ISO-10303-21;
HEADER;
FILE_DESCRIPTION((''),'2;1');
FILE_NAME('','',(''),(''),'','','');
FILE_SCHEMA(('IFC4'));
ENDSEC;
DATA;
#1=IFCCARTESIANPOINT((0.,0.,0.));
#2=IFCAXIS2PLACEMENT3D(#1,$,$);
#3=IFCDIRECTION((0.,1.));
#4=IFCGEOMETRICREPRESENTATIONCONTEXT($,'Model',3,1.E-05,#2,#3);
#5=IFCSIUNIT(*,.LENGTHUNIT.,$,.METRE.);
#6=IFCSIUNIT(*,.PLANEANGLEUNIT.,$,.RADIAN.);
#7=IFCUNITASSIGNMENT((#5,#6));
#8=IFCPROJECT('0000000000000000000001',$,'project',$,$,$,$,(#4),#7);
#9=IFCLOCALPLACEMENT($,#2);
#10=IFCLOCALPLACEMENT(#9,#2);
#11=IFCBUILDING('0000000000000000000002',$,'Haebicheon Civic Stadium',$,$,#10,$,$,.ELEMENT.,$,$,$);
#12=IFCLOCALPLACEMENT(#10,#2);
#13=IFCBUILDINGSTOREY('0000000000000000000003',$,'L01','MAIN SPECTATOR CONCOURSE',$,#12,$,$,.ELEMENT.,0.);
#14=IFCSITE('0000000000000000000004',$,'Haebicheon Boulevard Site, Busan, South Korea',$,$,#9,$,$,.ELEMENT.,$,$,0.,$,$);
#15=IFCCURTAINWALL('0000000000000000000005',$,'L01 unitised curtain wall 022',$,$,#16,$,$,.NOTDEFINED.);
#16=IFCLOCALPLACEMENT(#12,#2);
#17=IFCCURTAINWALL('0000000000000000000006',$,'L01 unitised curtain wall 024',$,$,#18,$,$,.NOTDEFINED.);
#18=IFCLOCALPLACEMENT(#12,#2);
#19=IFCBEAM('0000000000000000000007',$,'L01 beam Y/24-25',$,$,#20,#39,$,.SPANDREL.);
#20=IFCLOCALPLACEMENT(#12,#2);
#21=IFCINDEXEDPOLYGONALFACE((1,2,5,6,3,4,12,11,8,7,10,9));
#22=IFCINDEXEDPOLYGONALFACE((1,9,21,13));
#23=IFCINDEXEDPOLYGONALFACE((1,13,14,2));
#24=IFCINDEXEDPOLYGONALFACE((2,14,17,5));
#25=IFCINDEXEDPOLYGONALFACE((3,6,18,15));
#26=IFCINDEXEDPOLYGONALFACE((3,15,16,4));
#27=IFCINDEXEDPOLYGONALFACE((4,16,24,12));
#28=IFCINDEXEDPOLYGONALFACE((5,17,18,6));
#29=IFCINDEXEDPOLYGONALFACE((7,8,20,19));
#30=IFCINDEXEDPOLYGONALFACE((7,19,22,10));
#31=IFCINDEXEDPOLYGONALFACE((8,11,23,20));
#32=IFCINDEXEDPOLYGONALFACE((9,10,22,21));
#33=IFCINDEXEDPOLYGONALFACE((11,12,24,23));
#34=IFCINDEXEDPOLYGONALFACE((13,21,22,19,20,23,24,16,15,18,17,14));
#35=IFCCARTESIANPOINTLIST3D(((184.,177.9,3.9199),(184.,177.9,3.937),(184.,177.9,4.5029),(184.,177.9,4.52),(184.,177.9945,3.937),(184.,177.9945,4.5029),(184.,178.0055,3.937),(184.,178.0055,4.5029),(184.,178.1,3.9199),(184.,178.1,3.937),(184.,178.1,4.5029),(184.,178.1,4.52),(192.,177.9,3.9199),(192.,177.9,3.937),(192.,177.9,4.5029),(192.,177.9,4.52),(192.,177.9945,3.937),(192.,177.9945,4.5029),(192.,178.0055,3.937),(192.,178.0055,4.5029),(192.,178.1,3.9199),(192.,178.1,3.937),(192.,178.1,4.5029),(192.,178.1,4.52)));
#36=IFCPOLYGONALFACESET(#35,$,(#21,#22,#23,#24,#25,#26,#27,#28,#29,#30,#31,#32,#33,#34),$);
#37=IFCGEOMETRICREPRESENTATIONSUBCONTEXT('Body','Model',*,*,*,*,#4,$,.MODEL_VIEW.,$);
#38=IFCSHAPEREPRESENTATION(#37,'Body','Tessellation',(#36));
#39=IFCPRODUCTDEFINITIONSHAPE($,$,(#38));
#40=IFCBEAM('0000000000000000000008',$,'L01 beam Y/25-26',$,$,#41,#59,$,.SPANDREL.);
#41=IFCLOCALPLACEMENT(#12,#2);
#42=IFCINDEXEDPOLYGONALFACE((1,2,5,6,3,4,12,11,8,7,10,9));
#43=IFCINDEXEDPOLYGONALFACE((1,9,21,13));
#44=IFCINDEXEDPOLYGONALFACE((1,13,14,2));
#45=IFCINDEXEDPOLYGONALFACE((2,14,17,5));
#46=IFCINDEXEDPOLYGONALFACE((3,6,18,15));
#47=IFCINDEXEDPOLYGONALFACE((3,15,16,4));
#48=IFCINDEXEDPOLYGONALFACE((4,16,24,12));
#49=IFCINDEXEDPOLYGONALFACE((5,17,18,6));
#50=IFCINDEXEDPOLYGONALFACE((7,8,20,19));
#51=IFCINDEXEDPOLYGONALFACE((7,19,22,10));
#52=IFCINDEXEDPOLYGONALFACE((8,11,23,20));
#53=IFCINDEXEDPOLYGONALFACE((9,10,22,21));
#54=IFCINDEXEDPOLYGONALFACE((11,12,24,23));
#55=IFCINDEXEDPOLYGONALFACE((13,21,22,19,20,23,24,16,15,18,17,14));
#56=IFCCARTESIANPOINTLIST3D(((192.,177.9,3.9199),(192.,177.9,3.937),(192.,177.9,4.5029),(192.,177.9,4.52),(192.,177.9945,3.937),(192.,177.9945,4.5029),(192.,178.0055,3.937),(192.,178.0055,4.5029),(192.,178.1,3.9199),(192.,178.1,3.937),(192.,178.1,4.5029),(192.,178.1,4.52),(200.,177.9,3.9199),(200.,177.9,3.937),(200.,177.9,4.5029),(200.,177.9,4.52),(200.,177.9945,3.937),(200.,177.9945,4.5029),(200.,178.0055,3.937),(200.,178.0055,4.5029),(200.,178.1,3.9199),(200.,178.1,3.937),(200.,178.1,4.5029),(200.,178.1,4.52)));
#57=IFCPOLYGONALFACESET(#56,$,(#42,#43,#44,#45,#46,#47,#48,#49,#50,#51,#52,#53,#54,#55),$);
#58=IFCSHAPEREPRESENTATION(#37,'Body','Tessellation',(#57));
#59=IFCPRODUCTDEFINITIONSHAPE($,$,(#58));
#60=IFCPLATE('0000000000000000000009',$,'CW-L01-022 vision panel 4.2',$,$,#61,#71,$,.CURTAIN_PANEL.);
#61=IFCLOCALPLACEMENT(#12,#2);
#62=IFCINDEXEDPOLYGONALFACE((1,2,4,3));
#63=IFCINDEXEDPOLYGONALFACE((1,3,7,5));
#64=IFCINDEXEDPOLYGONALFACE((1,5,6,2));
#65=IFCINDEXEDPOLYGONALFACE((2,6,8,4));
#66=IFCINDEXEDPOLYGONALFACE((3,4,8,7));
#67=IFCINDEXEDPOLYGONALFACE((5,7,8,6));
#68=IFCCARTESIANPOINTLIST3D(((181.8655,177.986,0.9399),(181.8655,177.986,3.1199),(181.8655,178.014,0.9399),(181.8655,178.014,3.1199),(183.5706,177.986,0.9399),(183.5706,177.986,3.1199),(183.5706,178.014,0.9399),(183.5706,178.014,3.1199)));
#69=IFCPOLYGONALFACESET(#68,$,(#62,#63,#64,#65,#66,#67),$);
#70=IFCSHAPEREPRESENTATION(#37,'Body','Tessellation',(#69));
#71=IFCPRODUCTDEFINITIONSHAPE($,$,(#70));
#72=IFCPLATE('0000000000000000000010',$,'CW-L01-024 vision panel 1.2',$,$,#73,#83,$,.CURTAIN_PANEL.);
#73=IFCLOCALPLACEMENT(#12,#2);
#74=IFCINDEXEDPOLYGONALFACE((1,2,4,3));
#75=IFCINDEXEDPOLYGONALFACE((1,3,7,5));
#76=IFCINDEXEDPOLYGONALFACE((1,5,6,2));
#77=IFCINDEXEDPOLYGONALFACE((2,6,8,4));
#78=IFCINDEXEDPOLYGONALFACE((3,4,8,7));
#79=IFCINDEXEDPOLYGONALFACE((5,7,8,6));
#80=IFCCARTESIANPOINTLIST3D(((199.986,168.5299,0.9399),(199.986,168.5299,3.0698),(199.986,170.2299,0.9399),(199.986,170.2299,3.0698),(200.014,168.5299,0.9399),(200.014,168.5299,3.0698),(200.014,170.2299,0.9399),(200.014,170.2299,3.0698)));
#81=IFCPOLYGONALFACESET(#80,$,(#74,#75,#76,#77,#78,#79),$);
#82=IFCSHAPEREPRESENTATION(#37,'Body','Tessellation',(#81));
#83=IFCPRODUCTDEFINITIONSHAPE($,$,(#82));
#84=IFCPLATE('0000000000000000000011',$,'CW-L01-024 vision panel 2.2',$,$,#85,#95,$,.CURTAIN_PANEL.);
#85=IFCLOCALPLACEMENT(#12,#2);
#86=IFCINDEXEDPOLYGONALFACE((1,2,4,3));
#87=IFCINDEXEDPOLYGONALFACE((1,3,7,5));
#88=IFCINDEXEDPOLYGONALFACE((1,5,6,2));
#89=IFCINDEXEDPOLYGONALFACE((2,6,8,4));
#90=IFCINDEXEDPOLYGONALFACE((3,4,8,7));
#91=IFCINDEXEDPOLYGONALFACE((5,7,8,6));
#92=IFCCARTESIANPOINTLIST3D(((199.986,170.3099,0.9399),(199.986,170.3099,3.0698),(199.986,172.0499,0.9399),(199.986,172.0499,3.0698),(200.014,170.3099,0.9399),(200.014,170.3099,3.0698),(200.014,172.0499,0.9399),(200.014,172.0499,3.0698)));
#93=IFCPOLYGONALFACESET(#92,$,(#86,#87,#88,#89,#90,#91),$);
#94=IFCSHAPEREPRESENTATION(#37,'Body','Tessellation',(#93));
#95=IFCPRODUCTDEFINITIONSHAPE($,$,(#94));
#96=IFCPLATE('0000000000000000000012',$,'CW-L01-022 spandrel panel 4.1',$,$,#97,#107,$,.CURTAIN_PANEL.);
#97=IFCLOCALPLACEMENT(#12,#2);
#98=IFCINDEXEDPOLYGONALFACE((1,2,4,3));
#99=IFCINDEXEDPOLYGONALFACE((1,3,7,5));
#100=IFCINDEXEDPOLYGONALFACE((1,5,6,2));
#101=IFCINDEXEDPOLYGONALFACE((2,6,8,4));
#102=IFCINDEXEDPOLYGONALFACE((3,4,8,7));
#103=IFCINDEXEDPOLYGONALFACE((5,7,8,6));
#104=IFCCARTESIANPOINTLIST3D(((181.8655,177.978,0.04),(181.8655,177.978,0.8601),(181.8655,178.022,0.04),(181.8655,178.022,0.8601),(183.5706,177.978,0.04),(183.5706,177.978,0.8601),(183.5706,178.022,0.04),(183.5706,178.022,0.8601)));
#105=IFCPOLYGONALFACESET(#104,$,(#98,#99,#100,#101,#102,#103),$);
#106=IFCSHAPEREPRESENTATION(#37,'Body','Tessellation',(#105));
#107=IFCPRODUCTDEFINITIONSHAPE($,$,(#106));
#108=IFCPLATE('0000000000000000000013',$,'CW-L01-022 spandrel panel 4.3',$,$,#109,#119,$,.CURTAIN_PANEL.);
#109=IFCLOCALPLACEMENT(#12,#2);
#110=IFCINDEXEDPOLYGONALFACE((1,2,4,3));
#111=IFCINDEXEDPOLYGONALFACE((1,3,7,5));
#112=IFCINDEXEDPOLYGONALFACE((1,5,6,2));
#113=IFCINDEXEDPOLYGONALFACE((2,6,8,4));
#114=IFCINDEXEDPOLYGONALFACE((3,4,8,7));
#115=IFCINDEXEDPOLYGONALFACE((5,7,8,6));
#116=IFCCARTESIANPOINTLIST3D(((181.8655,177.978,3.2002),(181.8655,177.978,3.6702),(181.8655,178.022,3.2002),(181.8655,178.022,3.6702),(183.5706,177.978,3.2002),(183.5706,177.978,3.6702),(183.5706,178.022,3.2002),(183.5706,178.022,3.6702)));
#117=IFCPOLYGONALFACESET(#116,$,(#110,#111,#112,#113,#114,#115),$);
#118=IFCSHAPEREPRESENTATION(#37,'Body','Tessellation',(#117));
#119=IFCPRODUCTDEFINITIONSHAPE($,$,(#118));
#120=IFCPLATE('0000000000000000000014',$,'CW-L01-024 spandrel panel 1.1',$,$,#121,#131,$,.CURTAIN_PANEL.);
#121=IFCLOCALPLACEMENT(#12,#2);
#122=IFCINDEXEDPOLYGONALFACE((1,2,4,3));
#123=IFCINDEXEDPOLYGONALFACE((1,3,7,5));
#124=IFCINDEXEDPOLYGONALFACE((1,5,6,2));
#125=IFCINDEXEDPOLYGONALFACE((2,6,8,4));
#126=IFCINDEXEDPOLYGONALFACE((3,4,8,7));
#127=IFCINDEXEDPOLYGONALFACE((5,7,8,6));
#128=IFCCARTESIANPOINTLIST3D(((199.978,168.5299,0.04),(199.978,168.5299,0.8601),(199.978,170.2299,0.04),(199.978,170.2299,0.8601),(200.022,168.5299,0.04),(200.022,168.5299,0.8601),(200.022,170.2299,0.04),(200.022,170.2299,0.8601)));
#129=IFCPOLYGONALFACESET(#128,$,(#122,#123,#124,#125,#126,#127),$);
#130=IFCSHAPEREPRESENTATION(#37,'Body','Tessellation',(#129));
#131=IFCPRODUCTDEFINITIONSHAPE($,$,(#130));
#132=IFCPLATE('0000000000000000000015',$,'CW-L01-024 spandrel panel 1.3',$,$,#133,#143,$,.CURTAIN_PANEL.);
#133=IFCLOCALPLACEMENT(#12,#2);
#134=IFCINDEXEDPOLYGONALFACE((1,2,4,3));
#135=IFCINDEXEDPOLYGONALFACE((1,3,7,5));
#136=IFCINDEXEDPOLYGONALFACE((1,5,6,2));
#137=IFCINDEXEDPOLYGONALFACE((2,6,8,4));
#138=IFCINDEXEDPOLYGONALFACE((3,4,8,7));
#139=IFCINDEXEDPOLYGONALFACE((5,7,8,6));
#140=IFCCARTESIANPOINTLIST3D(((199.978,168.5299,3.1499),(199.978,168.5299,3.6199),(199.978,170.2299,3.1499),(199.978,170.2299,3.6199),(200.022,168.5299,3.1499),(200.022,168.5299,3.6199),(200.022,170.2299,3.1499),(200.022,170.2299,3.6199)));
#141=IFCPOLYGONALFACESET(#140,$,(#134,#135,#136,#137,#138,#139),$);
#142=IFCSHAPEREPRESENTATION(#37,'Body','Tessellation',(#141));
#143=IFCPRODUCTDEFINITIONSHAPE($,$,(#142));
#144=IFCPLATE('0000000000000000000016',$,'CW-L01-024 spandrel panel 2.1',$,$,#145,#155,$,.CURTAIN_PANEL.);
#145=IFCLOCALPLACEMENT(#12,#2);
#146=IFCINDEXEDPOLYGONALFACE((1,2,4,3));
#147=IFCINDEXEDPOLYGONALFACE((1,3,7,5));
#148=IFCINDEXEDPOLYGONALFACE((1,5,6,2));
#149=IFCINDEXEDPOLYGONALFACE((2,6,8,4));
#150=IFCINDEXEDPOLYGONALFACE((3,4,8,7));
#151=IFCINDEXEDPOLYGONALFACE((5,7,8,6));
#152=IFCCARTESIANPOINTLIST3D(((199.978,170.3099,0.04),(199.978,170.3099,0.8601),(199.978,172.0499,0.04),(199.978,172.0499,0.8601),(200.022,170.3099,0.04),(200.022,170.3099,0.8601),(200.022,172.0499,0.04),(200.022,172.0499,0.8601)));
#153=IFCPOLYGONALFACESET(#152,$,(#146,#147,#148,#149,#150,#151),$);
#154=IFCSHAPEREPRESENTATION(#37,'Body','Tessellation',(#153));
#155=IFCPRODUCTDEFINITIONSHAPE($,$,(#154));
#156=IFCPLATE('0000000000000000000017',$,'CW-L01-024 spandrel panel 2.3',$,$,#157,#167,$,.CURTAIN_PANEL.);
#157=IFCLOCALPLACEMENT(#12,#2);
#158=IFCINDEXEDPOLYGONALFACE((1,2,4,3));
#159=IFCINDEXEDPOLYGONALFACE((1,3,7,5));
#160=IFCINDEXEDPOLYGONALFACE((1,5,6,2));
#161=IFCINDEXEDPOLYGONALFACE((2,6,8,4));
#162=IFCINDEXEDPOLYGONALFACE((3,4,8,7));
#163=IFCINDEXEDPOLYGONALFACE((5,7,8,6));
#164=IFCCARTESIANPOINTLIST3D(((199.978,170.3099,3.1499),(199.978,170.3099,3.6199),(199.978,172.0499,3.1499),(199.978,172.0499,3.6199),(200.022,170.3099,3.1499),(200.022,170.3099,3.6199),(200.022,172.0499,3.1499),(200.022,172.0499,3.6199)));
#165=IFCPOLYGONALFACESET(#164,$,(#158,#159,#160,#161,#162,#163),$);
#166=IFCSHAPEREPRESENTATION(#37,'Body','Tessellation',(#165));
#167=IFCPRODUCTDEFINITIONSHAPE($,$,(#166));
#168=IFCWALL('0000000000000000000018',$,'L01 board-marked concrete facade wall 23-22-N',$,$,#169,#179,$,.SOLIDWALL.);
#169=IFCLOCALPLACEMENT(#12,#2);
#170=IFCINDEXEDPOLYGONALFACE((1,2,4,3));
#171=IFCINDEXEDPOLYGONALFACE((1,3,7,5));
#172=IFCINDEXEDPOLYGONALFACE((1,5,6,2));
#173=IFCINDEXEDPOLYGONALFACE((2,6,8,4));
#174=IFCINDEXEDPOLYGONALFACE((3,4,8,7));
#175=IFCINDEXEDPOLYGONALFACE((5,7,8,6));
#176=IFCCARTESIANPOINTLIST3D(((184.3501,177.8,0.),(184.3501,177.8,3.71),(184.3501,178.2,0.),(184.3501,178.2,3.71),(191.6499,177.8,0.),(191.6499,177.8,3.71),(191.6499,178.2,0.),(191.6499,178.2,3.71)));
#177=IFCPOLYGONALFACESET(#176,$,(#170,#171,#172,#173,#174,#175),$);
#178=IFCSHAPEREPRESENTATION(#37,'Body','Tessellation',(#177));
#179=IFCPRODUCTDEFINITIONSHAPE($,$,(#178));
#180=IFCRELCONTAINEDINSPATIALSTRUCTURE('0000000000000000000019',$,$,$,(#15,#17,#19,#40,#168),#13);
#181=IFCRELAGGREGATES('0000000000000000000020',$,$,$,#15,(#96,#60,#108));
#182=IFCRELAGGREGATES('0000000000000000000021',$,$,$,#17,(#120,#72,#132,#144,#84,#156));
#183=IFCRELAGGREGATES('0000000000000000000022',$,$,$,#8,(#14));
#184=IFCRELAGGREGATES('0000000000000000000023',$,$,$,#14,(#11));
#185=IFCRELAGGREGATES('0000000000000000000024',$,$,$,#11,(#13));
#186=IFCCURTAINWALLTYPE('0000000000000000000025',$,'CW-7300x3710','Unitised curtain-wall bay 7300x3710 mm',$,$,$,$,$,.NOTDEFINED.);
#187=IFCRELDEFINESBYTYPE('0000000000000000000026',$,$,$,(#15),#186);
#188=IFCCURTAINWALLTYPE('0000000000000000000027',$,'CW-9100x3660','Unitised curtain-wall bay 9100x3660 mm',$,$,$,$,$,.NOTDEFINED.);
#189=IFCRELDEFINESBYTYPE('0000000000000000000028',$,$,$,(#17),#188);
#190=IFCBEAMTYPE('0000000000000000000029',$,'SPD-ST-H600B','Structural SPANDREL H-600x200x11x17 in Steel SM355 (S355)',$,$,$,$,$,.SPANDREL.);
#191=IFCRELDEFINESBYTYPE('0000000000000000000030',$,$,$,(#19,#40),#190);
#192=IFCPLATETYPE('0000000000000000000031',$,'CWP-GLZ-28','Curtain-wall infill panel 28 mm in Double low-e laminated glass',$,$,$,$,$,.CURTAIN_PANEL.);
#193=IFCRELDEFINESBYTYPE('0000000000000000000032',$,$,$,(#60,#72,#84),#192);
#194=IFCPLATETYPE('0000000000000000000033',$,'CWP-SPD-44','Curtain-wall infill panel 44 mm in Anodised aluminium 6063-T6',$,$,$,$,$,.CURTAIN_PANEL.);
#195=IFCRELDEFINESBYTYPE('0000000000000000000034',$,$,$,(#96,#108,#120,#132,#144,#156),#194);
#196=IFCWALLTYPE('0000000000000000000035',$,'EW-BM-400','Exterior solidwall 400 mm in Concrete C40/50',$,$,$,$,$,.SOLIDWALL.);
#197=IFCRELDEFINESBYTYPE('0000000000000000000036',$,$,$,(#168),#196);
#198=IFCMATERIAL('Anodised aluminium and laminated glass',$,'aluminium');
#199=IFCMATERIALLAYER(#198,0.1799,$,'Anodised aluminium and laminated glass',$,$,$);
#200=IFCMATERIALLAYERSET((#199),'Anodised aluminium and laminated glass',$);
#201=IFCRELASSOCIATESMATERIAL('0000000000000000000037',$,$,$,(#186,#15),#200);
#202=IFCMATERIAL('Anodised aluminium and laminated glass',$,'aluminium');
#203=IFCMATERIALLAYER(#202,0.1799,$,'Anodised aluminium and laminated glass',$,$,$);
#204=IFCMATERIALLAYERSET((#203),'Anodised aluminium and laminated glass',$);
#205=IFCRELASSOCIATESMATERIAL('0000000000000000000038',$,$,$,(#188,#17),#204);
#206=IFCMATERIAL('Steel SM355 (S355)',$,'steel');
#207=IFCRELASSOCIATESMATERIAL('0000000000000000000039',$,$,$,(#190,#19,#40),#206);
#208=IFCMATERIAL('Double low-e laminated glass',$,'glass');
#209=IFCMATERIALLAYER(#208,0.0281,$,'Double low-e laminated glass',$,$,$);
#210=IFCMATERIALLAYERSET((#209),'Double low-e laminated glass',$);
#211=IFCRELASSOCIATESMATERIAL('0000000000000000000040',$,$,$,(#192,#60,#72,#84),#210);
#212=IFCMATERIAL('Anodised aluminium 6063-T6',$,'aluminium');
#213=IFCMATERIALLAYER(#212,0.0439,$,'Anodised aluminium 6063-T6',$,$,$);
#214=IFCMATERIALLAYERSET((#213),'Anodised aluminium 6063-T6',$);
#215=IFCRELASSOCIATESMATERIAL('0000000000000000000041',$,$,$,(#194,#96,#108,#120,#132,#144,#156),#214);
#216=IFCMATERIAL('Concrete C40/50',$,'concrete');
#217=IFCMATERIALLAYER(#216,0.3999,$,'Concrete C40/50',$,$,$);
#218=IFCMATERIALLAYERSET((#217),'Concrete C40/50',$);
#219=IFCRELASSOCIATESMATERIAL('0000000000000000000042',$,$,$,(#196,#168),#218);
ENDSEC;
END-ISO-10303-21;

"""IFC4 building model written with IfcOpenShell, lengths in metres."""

from ifc_helpers import new_model, si_unit, direction, frame, frame_2d, origin, origin_2d, place, context, subcontext, project, spatial, rectangle, i_section, extrude, material, layer, layer_set, material_profile, profile_set, type_object, element, aggregate, save


model = new_model("IFC4")

# Units and contexts
model_context = context("Model", 3, precision=1e-05, world=origin(), true_north=direction((0.0, 1.0)))
body_context = subcontext(model_context, "Body", "Model", "MODEL_VIEW")
ifc_project = project(units=[si_unit("LENGTHUNIT", "METRE"), si_unit("PLANEANGLEUNIT", "RADIAN")], contexts=[model_context])

# Site, building, storey
site_placement = place(None, origin())
site = spatial("IfcSite", under=ifc_project, at=site_placement, Name="Haebicheon Boulevard Site, Busan, South Korea", CompositionType="ELEMENT", RefElevation=0.0)
building_placement = place(site_placement, origin())
building = spatial("IfcBuilding", under=site, at=building_placement, Name="Haebicheon Civic Stadium", CompositionType="ELEMENT")
storey_placement = place(building_placement, origin())
storey = spatial("IfcBuildingStorey", under=building, at=storey_placement, Name="L01", Description="MAIN SPECTATOR CONCOURSE", CompositionType="ELEMENT", Elevation=0.0)

# Curtain wall
ifc_material_1 = material(Name="Anodised aluminium and laminated glass", Category="aluminium")
ifc_layer_1 = layer(ifc_material_1, 0.1799, Name="Anodised aluminium and laminated glass")
ifc_layer_set_1 = layer_set([ifc_layer_1], Name="Anodised aluminium and laminated glass")
curtain_wall_type_1 = type_object("IfcCurtainWallType", Name="CW-7300x3710", Description="Unitised curtain-wall bay 7300x3710 mm", PredefinedType="NOTDEFINED", material=ifc_layer_set_1)
curtain_wall_1_placement = place(storey_placement, origin())
curtain_wall_1 = element("IfcCurtainWall", 1, at=curtain_wall_1_placement, inside=storey, type_object=curtain_wall_type_1, material=ifc_layer_set_1, Name="L01 unitised curtain wall 022", PredefinedType="NOTDEFINED")

# Curtain wall
ifc_material_2 = material(Name="Anodised aluminium and laminated glass", Category="aluminium")
ifc_layer_2 = layer(ifc_material_2, 0.1799, Name="Anodised aluminium and laminated glass")
ifc_layer_set_2 = layer_set([ifc_layer_2], Name="Anodised aluminium and laminated glass")
curtain_wall_type_2 = type_object("IfcCurtainWallType", Name="CW-9100x3660", Description="Unitised curtain-wall bay 9100x3660 mm", PredefinedType="NOTDEFINED", material=ifc_layer_set_2)
curtain_wall_2_placement = place(storey_placement, origin())
curtain_wall_2 = element("IfcCurtainWall", 2, at=curtain_wall_2_placement, inside=storey, type_object=curtain_wall_type_2, material=ifc_layer_set_2, Name="L01 unitised curtain wall 024", PredefinedType="NOTDEFINED")

# Beams
ifc_material_3 = material(Name="Steel SM355 (S355)", Category="steel")
ifc_material_profile_1 = material_profile(ifc_material_3, i_section(OverallWidth=0.2, OverallDepth=0.6001, WebThickness=0.011, FlangeThickness=0.0171, at=origin_2d()), Name="H-600x200x11x17")
ifc_profile_set_1 = profile_set([ifc_material_profile_1], Name="Steel SM355 (S355)")
beam_type_1 = type_object("IfcBeamType", Name="SPD-ST-H600B", Description="Structural SPANDREL H-600x200x11x17 in Steel SM355 (S355)", PredefinedType="SPANDREL", material=ifc_profile_set_1)
for number, where, z_axis, x_axis, name in (
    (3, (184.0, 178.0, 4.22), (1.0, 0.0, 0.0), (0.0, 1.0, 0.0), "L01 beam Y/24-25"),
    (4, (192.0, 178.0, 4.22), (1.0, 0.0, 0.0), (0.0, 1.0, 0.0), "L01 beam Y/25-26"),
):
    element("IfcBeam", number, at=place(storey_placement, frame(where, z_axis=z_axis, x_axis=x_axis)), inside=storey, type_object=beam_type_1, material=ifc_profile_set_1, Name=name, PredefinedType="SPANDREL", context=body_context, shape_type="SweptSolid", body=[
        extrude(i_section(OverallWidth=0.2, OverallDepth=0.6001, WebThickness=0.011, FlangeThickness=0.0171, at=origin_2d()), origin(), (0.0, 0.0, 1.0), 8.0),
    ])

# Plates
ifc_material_4 = material(Name="Double low-e laminated glass", Category="glass")
ifc_layer_3 = layer(ifc_material_4, 0.0281, Name="Double low-e laminated glass")
ifc_layer_set_3 = layer_set([ifc_layer_3], Name="Double low-e laminated glass")
plate_type_1 = type_object("IfcPlateType", Name="CWP-GLZ-28", Description="Curtain-wall infill panel 28 mm in Double low-e laminated glass", PredefinedType="CURTAIN_PANEL", material=ifc_layer_set_3)
plate_1_placement = place(storey_placement, frame((182.718, 178.0, 0.9399), z_axis=(0.0, 0.0, 1.0), x_axis=(1.0, 0.0, 0.0)))
plate_1 = element("IfcPlate", 5, at=plate_1_placement, type_object=plate_type_1, material=ifc_layer_set_3, Name="CW-L01-022 vision panel 4.2", PredefinedType="CURTAIN_PANEL", context=body_context, shape_type="SweptSolid", body=[
    extrude(rectangle(XDim=1.7051, YDim=0.0281, at=origin_2d()), origin(), (0.0, 0.0, 1.0), 2.1799),
])
plate_2_placement = place(storey_placement, frame((200.0, 169.3799, 0.9399), z_axis=(0.0, 0.0, 1.0), x_axis=(0.0, 1.0, 0.0)))
plate_2 = element("IfcPlate", 6, at=plate_2_placement, type_object=plate_type_1, material=ifc_layer_set_3, Name="CW-L01-024 vision panel 1.2", PredefinedType="CURTAIN_PANEL", context=body_context, shape_type="SweptSolid", body=[
    extrude(rectangle(XDim=1.7, YDim=0.0281, at=origin_2d()), origin(), (0.0, 0.0, 1.0), 2.1299),
])
plate_3_placement = place(storey_placement, frame((200.0, 171.1799, 0.9399), z_axis=(0.0, 0.0, 1.0), x_axis=(0.0, 1.0, 0.0)))
plate_3 = element("IfcPlate", 7, at=plate_3_placement, type_object=plate_type_1, material=ifc_layer_set_3, Name="CW-L01-024 vision panel 2.2", PredefinedType="CURTAIN_PANEL", context=body_context, shape_type="SweptSolid", body=[
    extrude(rectangle(XDim=1.74, YDim=0.0281, at=origin_2d()), origin(), (0.0, 0.0, 1.0), 2.1299),
])
ifc_material_5 = material(Name="Anodised aluminium 6063-T6", Category="aluminium")
ifc_layer_4 = layer(ifc_material_5, 0.0439, Name="Anodised aluminium 6063-T6")
ifc_layer_set_4 = layer_set([ifc_layer_4], Name="Anodised aluminium 6063-T6")
plate_type_2 = type_object("IfcPlateType", Name="CWP-SPD-44", Description="Curtain-wall infill panel 44 mm in Anodised aluminium 6063-T6", PredefinedType="CURTAIN_PANEL", material=ifc_layer_set_4)
plate_4_placement = place(storey_placement, frame((182.718, 178.0, 0.04), z_axis=(0.0, 0.0, 1.0), x_axis=(1.0, 0.0, 0.0)))
plate_4 = element("IfcPlate", 8, at=plate_4_placement, type_object=plate_type_2, material=ifc_layer_set_4, Name="CW-L01-022 spandrel panel 4.1", PredefinedType="CURTAIN_PANEL", context=body_context, shape_type="SweptSolid", body=[
    extrude(rectangle(XDim=1.7051, YDim=0.0439, at=origin_2d()), origin(), (0.0, 0.0, 1.0), 0.8201),
])
plate_5_placement = place(storey_placement, frame((182.718, 178.0, 3.2002), z_axis=(0.0, 0.0, 1.0), x_axis=(1.0, 0.0, 0.0)))
plate_5 = element("IfcPlate", 9, at=plate_5_placement, type_object=plate_type_2, material=ifc_layer_set_4, Name="CW-L01-022 spandrel panel 4.3", PredefinedType="CURTAIN_PANEL", context=body_context, shape_type="SweptSolid", body=[
    extrude(rectangle(XDim=1.7051, YDim=0.0439, at=origin_2d()), origin(), (0.0, 0.0, 1.0), 0.47),
])
aggregate(curtain_wall_1, [plate_4, plate_1, plate_5])
plate_6_placement = place(storey_placement, frame((200.0, 169.3799, 0.04), z_axis=(0.0, 0.0, 1.0), x_axis=(0.0, 1.0, 0.0)))
plate_6 = element("IfcPlate", 10, at=plate_6_placement, type_object=plate_type_2, material=ifc_layer_set_4, Name="CW-L01-024 spandrel panel 1.1", PredefinedType="CURTAIN_PANEL", context=body_context, shape_type="SweptSolid", body=[
    extrude(rectangle(XDim=1.7, YDim=0.0439, at=origin_2d()), origin(), (0.0, 0.0, 1.0), 0.8201),
])
plate_7_placement = place(storey_placement, frame((200.0, 169.3799, 3.1499), z_axis=(0.0, 0.0, 1.0), x_axis=(0.0, 1.0, 0.0)))
plate_7 = element("IfcPlate", 11, at=plate_7_placement, type_object=plate_type_2, material=ifc_layer_set_4, Name="CW-L01-024 spandrel panel 1.3", PredefinedType="CURTAIN_PANEL", context=body_context, shape_type="SweptSolid", body=[
    extrude(rectangle(XDim=1.7, YDim=0.0439, at=origin_2d()), origin(), (0.0, 0.0, 1.0), 0.47),
])
plate_8_placement = place(storey_placement, frame((200.0, 171.1799, 0.04), z_axis=(0.0, 0.0, 1.0), x_axis=(0.0, 1.0, 0.0)))
plate_8 = element("IfcPlate", 12, at=plate_8_placement, type_object=plate_type_2, material=ifc_layer_set_4, Name="CW-L01-024 spandrel panel 2.1", PredefinedType="CURTAIN_PANEL", context=body_context, shape_type="SweptSolid", body=[
    extrude(rectangle(XDim=1.74, YDim=0.0439, at=origin_2d()), origin(), (0.0, 0.0, 1.0), 0.8201),
])
plate_9_placement = place(storey_placement, frame((200.0, 171.1799, 3.1499), z_axis=(0.0, 0.0, 1.0), x_axis=(0.0, 1.0, 0.0)))
plate_9 = element("IfcPlate", 13, at=plate_9_placement, type_object=plate_type_2, material=ifc_layer_set_4, Name="CW-L01-024 spandrel panel 2.3", PredefinedType="CURTAIN_PANEL", context=body_context, shape_type="SweptSolid", body=[
    extrude(rectangle(XDim=1.74, YDim=0.0439, at=origin_2d()), origin(), (0.0, 0.0, 1.0), 0.47),
])
aggregate(curtain_wall_2, [plate_6, plate_2, plate_7, plate_8, plate_3, plate_9])

# Wall
ifc_material_6 = material(Name="Concrete C40/50", Category="concrete")
ifc_layer_5 = layer(ifc_material_6, 0.3999, Name="Concrete C40/50")
ifc_layer_set_5 = layer_set([ifc_layer_5], Name="Concrete C40/50")
wall_type = type_object("IfcWallType", Name="EW-BM-400", Description="Exterior solidwall 400 mm in Concrete C40/50", PredefinedType="SOLIDWALL", material=ifc_layer_set_5)
wall_1_placement = place(storey_placement, frame((184.3501, 178.0, 0.0), z_axis=(0.0, 0.0, 1.0), x_axis=(1.0, 0.0, 0.0)))
element("IfcWall", 14, at=wall_1_placement, inside=storey, type_object=wall_type, material=ifc_layer_set_5, Name="L01 board-marked concrete facade wall 23-22-N", PredefinedType="SOLIDWALL", context=body_context, shape_type="SweptSolid", body=[
    extrude(rectangle(XDim=7.2998, YDim=0.3999, at=frame_2d((3.6499, 0.0))), origin(), (0.0, 0.0, 1.0), 3.71),
])

save(model, "model.ifc")
